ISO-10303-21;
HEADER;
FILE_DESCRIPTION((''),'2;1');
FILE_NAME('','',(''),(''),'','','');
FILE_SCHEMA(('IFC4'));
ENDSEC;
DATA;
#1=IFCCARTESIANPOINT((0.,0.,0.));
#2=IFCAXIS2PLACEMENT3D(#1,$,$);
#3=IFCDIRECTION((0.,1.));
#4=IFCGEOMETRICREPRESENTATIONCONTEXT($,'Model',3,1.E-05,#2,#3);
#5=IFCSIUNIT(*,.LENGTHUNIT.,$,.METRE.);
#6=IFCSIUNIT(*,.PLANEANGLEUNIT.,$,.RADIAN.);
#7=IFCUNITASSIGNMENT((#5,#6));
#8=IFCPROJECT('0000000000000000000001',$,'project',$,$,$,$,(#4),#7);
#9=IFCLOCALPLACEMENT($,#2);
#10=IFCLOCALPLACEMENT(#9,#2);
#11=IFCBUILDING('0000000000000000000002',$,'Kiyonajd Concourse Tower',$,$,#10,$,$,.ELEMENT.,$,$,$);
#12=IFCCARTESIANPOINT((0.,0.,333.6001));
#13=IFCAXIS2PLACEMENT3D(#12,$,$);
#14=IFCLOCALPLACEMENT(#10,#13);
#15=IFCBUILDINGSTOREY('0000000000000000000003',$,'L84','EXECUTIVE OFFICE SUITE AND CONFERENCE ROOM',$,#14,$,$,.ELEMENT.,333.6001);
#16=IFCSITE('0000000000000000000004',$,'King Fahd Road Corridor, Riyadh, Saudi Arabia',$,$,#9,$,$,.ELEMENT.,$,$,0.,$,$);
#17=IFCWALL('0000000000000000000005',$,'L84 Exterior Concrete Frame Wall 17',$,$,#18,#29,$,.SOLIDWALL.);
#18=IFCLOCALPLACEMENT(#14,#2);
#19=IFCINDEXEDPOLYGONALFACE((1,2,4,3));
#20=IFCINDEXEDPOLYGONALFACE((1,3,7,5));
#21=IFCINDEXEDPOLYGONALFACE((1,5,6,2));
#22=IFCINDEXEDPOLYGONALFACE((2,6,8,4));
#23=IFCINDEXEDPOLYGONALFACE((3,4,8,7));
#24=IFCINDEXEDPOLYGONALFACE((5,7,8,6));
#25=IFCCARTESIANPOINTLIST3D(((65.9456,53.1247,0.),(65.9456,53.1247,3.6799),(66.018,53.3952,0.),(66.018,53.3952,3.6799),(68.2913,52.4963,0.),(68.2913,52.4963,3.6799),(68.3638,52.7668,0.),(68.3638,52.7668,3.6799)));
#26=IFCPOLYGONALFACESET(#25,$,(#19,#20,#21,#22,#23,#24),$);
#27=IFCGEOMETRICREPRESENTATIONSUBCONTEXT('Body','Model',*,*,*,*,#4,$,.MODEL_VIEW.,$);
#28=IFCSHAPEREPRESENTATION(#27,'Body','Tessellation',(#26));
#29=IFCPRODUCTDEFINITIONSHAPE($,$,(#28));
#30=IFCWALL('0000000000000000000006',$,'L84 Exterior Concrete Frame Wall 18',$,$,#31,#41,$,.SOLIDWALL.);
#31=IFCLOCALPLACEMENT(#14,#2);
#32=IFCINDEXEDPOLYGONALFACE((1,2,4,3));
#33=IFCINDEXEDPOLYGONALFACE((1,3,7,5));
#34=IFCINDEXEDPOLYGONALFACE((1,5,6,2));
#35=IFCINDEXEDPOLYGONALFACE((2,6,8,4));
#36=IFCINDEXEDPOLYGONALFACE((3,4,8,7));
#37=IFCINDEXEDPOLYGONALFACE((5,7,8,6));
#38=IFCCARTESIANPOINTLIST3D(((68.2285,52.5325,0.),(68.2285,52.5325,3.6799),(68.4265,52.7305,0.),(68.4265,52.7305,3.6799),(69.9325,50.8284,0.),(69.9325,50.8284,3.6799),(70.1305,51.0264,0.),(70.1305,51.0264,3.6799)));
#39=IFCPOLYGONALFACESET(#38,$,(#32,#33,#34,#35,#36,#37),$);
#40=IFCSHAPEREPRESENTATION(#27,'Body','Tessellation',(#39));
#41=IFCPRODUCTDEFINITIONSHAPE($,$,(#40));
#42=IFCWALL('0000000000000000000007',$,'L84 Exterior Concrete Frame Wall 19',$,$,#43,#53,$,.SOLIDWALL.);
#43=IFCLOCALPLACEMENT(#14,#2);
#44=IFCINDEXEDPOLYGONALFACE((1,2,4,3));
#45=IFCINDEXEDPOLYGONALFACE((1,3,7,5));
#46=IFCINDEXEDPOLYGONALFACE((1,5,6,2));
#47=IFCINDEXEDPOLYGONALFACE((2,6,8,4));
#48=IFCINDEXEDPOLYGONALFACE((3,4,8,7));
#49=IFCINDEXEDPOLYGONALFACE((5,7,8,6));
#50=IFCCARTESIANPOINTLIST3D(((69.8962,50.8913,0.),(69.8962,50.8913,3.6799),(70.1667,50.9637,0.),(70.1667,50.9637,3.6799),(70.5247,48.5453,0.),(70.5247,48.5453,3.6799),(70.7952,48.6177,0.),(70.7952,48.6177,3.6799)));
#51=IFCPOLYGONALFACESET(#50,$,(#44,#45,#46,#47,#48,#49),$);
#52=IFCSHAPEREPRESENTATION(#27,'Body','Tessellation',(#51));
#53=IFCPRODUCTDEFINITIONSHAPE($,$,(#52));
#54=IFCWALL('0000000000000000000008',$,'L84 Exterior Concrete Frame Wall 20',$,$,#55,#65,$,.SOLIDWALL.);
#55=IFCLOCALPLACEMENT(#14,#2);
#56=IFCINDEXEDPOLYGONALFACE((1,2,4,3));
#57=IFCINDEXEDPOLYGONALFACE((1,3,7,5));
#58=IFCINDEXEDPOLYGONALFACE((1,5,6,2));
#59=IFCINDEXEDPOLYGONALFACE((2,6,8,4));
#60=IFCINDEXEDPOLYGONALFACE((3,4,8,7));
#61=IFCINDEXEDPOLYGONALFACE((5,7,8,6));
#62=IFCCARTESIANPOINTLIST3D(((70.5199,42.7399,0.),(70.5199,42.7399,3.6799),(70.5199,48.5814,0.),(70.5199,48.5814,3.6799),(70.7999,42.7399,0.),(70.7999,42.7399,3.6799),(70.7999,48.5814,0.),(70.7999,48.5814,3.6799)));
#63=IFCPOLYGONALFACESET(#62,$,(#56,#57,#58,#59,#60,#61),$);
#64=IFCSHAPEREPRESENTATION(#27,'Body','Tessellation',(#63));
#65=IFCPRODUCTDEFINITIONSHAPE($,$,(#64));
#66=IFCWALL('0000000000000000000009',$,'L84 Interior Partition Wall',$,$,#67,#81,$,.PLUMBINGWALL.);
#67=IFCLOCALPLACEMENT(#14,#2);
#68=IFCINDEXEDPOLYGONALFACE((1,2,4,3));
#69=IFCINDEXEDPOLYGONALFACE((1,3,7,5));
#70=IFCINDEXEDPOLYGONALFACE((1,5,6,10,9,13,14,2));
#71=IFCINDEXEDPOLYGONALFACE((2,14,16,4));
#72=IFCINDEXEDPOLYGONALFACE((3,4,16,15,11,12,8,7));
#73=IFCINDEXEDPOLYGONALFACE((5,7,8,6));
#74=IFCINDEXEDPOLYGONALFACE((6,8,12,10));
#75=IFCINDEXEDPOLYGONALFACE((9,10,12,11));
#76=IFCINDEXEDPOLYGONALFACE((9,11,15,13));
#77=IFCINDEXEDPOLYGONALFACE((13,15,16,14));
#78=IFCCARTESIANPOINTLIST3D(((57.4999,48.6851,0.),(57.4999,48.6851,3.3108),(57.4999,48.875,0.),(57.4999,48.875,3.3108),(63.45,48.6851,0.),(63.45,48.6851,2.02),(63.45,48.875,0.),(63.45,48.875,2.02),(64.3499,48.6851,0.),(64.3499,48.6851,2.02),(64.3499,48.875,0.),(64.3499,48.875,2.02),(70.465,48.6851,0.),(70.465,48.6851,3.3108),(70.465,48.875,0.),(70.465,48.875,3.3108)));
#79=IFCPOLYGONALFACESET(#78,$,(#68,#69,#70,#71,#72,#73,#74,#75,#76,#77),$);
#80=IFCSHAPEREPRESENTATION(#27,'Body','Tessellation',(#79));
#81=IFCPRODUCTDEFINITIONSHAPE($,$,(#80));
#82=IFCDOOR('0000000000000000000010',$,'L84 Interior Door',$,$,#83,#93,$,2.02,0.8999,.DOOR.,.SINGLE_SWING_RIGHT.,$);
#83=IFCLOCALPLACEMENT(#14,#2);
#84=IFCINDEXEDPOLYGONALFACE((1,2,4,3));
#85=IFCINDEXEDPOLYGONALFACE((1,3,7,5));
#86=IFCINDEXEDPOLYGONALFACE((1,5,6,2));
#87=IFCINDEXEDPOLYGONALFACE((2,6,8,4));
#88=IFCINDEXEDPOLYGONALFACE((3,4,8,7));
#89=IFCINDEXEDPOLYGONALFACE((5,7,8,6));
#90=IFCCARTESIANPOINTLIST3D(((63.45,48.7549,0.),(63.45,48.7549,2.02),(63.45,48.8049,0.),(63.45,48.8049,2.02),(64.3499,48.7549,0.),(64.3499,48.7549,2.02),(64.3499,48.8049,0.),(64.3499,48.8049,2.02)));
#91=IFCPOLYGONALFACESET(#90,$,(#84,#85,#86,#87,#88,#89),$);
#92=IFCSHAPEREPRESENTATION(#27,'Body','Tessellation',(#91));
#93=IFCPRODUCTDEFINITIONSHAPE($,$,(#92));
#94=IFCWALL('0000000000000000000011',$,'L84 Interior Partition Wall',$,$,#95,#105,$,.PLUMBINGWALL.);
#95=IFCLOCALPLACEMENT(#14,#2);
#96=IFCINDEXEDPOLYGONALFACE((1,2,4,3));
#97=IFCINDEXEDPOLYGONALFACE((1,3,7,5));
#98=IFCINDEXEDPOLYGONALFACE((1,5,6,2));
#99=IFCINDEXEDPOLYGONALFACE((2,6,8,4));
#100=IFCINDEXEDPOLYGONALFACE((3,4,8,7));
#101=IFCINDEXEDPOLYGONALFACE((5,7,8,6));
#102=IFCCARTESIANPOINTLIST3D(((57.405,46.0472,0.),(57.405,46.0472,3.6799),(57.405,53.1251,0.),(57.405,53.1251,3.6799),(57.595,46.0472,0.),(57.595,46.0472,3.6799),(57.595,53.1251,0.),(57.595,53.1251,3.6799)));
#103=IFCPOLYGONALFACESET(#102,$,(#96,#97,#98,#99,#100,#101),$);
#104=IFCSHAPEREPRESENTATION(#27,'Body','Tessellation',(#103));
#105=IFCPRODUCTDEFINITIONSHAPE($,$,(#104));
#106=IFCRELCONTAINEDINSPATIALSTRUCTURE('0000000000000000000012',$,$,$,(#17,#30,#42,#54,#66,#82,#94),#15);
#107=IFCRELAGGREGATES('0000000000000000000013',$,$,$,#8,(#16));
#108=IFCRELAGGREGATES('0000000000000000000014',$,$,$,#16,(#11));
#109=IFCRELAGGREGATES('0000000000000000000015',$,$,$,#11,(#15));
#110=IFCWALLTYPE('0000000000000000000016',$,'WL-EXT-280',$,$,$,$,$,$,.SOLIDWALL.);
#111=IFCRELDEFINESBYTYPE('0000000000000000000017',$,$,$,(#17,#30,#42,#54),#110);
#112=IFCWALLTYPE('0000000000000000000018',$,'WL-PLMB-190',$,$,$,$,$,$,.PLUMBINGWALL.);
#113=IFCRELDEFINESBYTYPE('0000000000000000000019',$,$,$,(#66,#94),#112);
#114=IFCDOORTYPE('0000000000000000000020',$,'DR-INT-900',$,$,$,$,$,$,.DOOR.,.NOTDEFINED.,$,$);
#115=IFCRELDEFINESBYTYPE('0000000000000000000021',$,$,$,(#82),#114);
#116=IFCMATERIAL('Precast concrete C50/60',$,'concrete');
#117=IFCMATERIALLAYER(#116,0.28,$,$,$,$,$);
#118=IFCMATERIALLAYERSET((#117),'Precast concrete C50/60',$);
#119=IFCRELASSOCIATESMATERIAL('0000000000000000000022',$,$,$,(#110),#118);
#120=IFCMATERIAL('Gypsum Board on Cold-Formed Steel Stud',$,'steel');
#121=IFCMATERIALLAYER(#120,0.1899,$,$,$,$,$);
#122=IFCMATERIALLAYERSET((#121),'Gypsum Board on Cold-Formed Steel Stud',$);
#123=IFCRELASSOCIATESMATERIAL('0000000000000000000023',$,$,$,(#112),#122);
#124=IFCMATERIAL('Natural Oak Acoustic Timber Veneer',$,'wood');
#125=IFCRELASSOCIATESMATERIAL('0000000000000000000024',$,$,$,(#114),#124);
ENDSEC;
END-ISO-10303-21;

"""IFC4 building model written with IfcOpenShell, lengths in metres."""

from ifc_helpers import new_model, si_unit, direction, frame, frame_2d, origin, place, context, subcontext, project, spatial, rectangle, extrude, material, layer, layer_set, type_object, element, fill, save


model = new_model("IFC4")

# Units and contexts
model_context = context("Model", 3, precision=1e-05, world=origin(), true_north=direction((0.0, 1.0)))
body_context = subcontext(model_context, "Body", "Model", "MODEL_VIEW")
ifc_project = project(units=[si_unit("LENGTHUNIT", "METRE"), si_unit("PLANEANGLEUNIT", "RADIAN")], contexts=[model_context])

# Site, building, storey
site_placement = place(None, origin())
site = spatial("IfcSite", under=ifc_project, at=site_placement, Name="King Fahd Road Corridor, Riyadh, Saudi Arabia", CompositionType="ELEMENT", RefElevation=0.0)
building_placement = place(site_placement, origin())
building = spatial("IfcBuilding", under=site, at=building_placement, Name="Kiyonajd Concourse Tower", CompositionType="ELEMENT")
storey_placement = place(building_placement, frame((0.0, 0.0, 333.6001)))
storey = spatial("IfcBuildingStorey", under=building, at=storey_placement, Name="L84", Description="EXECUTIVE OFFICE SUITE AND CONFERENCE ROOM", CompositionType="ELEMENT", Elevation=333.6001)

# Walls
ifc_material_1 = material(Name="Precast concrete C50/60", Category="concrete")
ifc_layer_1 = layer(ifc_material_1, 0.28)
ifc_layer_set_1 = layer_set([ifc_layer_1], Name="Precast concrete C50/60")
wall_type_1 = type_object("IfcWallType", Name="WL-EXT-280", PredefinedType="SOLIDWALL", material=ifc_layer_set_1)
wall_1_placement = place(storey_placement, frame((65.9817, 53.26, 0.0), z_axis=(0.0, 0.0, 1.0), x_axis=(0.965937, -0.258776, 0.0)))
element("IfcWall", 1, at=wall_1_placement, inside=storey, type_object=wall_type_1, Name="L84 Exterior Concrete Frame Wall 17", PredefinedType="SOLIDWALL", context=body_context, shape_type="SweptSolid", body=[
    extrude(rectangle(XDim=2.4285, YDim=0.28, at=frame_2d((1.2144, 0.0))), origin(), (0.0, 0.0, 1.0), 3.6799),
])
wall_2_placement = place(storey_placement, frame((68.3274, 52.6316, 0.0), z_axis=(0.0, 0.0, 1.0), x_axis=(0.707107, -0.707107, 0.0)))
element("IfcWall", 2, at=wall_2_placement, inside=storey, type_object=wall_type_1, Name="L84 Exterior Concrete Frame Wall 18", PredefinedType="SOLIDWALL", context=body_context, shape_type="SweptSolid", body=[
    extrude(rectangle(XDim=2.4099, YDim=0.28, at=frame_2d((1.2051, 0.0))), origin(), (0.0, 0.0, 1.0), 3.6799),
])
wall_3_placement = place(storey_placement, frame((70.0315, 50.9275, 0.0), z_axis=(0.0, 0.0, 1.0), x_axis=(0.258751, -0.965944, 0.0)))
element("IfcWall", 3, at=wall_3_placement, inside=storey, type_object=wall_type_1, Name="L84 Exterior Concrete Frame Wall 19", PredefinedType="SOLIDWALL", context=body_context, shape_type="SweptSolid", body=[
    extrude(rectangle(XDim=2.4287, YDim=0.28, at=frame_2d((1.2144, 0.0))), origin(), (0.0, 0.0, 1.0), 3.6799),
])
wall_4_placement = place(storey_placement, frame((70.6599, 48.5815, 0.0), z_axis=(0.0, 0.0, 1.0), x_axis=(0.0, -1.0, 0.0)))
element("IfcWall", 4, at=wall_4_placement, inside=storey, type_object=wall_type_1, Name="L84 Exterior Concrete Frame Wall 20", PredefinedType="SOLIDWALL", context=body_context, shape_type="SweptSolid", body=[
    extrude(rectangle(XDim=5.8416, YDim=0.28, at=frame_2d((2.9209, 0.0))), origin(), (0.0, 0.0, 1.0), 3.6799),
])

# Wall, opening, door
ifc_material_2 = material(Name="Gypsum Board on Cold-Formed Steel Stud", Category="steel")
ifc_layer_2 = layer(ifc_material_2, 0.1899)
ifc_layer_set_2 = layer_set([ifc_layer_2], Name="Gypsum Board on Cold-Formed Steel Stud")
wall_type_2 = type_object("IfcWallType", Name="WL-PLMB-190", PredefinedType="PLUMBINGWALL", material=ifc_layer_set_2)
wall_5_placement = place(storey_placement, frame((57.5, 48.78, 0.0), z_axis=(0.0, 0.0, 1.0), x_axis=(1.0, 0.0, 0.0)))
wall_5 = element("IfcWall", 5, at=wall_5_placement, inside=storey, type_object=wall_type_2, Name="L84 Interior Partition Wall", PredefinedType="PLUMBINGWALL", context=body_context, shape_type="SweptSolid", body=[
    extrude(rectangle(XDim=12.9651, YDim=0.1899, at=frame_2d((6.4824, 0.0))), origin(), (0.0, 0.0, 1.0), 3.3108),
])
opening_placement = place(wall_5_placement, frame((5.95, 0.0, 0.0)))
opening = element("IfcOpeningElement", 6, at=opening_placement, cuts=wall_5, PredefinedType="OPENING", context=body_context, shape_type="SweptSolid", body=[
    extrude(rectangle(XDim=0.8999, YDim=2.02, at=frame_2d((0.45, 1.01))), frame((0.0, 0.105, 0.0), z_axis=(0.0, -1.0, 0.0), x_axis=(1.0, 0.0, 0.0)), (0.0, 0.0, 1.0), 0.21),
])
ifc_material_3 = material(Name="Natural Oak Acoustic Timber Veneer", Category="wood")
door_type = type_object("IfcDoorType", Name="DR-INT-900", OperationType="NOTDEFINED", PredefinedType="DOOR", material=ifc_material_3)
door_placement = place(opening_placement, origin())
door = element("IfcDoor", 7, at=door_placement, inside=storey, type_object=door_type, Name="L84 Interior Door", OperationType="SINGLE_SWING_RIGHT", OverallHeight=2.02, OverallWidth=0.8999, PredefinedType="DOOR", context=body_context, shape_type="SweptSolid", body=[
    extrude(rectangle(XDim=0.8999, YDim=2.02, at=frame_2d((0.45, 1.01))), frame((0.0, 0.0249, 0.0), z_axis=(0.0, -1.0, 0.0), x_axis=(1.0, 0.0, 0.0)), (0.0, 0.0, 1.0), 0.05),
])
fill(opening, door)

# Wall
wall_6_placement = place(storey_placement, frame((57.5, 46.0471, 0.0), z_axis=(0.0, 0.0, 1.0), x_axis=(0.0, 1.0, 0.0)))
element("IfcWall", 8, at=wall_6_placement, inside=storey, type_object=wall_type_2, Name="L84 Interior Partition Wall", PredefinedType="PLUMBINGWALL", context=body_context, shape_type="SweptSolid", body=[
    extrude(rectangle(XDim=7.0779, YDim=0.1899, at=frame_2d((3.5391, 0.0))), origin(), (0.0, 0.0, 1.0), 3.6799),
])

save(model, "model.ifc")
